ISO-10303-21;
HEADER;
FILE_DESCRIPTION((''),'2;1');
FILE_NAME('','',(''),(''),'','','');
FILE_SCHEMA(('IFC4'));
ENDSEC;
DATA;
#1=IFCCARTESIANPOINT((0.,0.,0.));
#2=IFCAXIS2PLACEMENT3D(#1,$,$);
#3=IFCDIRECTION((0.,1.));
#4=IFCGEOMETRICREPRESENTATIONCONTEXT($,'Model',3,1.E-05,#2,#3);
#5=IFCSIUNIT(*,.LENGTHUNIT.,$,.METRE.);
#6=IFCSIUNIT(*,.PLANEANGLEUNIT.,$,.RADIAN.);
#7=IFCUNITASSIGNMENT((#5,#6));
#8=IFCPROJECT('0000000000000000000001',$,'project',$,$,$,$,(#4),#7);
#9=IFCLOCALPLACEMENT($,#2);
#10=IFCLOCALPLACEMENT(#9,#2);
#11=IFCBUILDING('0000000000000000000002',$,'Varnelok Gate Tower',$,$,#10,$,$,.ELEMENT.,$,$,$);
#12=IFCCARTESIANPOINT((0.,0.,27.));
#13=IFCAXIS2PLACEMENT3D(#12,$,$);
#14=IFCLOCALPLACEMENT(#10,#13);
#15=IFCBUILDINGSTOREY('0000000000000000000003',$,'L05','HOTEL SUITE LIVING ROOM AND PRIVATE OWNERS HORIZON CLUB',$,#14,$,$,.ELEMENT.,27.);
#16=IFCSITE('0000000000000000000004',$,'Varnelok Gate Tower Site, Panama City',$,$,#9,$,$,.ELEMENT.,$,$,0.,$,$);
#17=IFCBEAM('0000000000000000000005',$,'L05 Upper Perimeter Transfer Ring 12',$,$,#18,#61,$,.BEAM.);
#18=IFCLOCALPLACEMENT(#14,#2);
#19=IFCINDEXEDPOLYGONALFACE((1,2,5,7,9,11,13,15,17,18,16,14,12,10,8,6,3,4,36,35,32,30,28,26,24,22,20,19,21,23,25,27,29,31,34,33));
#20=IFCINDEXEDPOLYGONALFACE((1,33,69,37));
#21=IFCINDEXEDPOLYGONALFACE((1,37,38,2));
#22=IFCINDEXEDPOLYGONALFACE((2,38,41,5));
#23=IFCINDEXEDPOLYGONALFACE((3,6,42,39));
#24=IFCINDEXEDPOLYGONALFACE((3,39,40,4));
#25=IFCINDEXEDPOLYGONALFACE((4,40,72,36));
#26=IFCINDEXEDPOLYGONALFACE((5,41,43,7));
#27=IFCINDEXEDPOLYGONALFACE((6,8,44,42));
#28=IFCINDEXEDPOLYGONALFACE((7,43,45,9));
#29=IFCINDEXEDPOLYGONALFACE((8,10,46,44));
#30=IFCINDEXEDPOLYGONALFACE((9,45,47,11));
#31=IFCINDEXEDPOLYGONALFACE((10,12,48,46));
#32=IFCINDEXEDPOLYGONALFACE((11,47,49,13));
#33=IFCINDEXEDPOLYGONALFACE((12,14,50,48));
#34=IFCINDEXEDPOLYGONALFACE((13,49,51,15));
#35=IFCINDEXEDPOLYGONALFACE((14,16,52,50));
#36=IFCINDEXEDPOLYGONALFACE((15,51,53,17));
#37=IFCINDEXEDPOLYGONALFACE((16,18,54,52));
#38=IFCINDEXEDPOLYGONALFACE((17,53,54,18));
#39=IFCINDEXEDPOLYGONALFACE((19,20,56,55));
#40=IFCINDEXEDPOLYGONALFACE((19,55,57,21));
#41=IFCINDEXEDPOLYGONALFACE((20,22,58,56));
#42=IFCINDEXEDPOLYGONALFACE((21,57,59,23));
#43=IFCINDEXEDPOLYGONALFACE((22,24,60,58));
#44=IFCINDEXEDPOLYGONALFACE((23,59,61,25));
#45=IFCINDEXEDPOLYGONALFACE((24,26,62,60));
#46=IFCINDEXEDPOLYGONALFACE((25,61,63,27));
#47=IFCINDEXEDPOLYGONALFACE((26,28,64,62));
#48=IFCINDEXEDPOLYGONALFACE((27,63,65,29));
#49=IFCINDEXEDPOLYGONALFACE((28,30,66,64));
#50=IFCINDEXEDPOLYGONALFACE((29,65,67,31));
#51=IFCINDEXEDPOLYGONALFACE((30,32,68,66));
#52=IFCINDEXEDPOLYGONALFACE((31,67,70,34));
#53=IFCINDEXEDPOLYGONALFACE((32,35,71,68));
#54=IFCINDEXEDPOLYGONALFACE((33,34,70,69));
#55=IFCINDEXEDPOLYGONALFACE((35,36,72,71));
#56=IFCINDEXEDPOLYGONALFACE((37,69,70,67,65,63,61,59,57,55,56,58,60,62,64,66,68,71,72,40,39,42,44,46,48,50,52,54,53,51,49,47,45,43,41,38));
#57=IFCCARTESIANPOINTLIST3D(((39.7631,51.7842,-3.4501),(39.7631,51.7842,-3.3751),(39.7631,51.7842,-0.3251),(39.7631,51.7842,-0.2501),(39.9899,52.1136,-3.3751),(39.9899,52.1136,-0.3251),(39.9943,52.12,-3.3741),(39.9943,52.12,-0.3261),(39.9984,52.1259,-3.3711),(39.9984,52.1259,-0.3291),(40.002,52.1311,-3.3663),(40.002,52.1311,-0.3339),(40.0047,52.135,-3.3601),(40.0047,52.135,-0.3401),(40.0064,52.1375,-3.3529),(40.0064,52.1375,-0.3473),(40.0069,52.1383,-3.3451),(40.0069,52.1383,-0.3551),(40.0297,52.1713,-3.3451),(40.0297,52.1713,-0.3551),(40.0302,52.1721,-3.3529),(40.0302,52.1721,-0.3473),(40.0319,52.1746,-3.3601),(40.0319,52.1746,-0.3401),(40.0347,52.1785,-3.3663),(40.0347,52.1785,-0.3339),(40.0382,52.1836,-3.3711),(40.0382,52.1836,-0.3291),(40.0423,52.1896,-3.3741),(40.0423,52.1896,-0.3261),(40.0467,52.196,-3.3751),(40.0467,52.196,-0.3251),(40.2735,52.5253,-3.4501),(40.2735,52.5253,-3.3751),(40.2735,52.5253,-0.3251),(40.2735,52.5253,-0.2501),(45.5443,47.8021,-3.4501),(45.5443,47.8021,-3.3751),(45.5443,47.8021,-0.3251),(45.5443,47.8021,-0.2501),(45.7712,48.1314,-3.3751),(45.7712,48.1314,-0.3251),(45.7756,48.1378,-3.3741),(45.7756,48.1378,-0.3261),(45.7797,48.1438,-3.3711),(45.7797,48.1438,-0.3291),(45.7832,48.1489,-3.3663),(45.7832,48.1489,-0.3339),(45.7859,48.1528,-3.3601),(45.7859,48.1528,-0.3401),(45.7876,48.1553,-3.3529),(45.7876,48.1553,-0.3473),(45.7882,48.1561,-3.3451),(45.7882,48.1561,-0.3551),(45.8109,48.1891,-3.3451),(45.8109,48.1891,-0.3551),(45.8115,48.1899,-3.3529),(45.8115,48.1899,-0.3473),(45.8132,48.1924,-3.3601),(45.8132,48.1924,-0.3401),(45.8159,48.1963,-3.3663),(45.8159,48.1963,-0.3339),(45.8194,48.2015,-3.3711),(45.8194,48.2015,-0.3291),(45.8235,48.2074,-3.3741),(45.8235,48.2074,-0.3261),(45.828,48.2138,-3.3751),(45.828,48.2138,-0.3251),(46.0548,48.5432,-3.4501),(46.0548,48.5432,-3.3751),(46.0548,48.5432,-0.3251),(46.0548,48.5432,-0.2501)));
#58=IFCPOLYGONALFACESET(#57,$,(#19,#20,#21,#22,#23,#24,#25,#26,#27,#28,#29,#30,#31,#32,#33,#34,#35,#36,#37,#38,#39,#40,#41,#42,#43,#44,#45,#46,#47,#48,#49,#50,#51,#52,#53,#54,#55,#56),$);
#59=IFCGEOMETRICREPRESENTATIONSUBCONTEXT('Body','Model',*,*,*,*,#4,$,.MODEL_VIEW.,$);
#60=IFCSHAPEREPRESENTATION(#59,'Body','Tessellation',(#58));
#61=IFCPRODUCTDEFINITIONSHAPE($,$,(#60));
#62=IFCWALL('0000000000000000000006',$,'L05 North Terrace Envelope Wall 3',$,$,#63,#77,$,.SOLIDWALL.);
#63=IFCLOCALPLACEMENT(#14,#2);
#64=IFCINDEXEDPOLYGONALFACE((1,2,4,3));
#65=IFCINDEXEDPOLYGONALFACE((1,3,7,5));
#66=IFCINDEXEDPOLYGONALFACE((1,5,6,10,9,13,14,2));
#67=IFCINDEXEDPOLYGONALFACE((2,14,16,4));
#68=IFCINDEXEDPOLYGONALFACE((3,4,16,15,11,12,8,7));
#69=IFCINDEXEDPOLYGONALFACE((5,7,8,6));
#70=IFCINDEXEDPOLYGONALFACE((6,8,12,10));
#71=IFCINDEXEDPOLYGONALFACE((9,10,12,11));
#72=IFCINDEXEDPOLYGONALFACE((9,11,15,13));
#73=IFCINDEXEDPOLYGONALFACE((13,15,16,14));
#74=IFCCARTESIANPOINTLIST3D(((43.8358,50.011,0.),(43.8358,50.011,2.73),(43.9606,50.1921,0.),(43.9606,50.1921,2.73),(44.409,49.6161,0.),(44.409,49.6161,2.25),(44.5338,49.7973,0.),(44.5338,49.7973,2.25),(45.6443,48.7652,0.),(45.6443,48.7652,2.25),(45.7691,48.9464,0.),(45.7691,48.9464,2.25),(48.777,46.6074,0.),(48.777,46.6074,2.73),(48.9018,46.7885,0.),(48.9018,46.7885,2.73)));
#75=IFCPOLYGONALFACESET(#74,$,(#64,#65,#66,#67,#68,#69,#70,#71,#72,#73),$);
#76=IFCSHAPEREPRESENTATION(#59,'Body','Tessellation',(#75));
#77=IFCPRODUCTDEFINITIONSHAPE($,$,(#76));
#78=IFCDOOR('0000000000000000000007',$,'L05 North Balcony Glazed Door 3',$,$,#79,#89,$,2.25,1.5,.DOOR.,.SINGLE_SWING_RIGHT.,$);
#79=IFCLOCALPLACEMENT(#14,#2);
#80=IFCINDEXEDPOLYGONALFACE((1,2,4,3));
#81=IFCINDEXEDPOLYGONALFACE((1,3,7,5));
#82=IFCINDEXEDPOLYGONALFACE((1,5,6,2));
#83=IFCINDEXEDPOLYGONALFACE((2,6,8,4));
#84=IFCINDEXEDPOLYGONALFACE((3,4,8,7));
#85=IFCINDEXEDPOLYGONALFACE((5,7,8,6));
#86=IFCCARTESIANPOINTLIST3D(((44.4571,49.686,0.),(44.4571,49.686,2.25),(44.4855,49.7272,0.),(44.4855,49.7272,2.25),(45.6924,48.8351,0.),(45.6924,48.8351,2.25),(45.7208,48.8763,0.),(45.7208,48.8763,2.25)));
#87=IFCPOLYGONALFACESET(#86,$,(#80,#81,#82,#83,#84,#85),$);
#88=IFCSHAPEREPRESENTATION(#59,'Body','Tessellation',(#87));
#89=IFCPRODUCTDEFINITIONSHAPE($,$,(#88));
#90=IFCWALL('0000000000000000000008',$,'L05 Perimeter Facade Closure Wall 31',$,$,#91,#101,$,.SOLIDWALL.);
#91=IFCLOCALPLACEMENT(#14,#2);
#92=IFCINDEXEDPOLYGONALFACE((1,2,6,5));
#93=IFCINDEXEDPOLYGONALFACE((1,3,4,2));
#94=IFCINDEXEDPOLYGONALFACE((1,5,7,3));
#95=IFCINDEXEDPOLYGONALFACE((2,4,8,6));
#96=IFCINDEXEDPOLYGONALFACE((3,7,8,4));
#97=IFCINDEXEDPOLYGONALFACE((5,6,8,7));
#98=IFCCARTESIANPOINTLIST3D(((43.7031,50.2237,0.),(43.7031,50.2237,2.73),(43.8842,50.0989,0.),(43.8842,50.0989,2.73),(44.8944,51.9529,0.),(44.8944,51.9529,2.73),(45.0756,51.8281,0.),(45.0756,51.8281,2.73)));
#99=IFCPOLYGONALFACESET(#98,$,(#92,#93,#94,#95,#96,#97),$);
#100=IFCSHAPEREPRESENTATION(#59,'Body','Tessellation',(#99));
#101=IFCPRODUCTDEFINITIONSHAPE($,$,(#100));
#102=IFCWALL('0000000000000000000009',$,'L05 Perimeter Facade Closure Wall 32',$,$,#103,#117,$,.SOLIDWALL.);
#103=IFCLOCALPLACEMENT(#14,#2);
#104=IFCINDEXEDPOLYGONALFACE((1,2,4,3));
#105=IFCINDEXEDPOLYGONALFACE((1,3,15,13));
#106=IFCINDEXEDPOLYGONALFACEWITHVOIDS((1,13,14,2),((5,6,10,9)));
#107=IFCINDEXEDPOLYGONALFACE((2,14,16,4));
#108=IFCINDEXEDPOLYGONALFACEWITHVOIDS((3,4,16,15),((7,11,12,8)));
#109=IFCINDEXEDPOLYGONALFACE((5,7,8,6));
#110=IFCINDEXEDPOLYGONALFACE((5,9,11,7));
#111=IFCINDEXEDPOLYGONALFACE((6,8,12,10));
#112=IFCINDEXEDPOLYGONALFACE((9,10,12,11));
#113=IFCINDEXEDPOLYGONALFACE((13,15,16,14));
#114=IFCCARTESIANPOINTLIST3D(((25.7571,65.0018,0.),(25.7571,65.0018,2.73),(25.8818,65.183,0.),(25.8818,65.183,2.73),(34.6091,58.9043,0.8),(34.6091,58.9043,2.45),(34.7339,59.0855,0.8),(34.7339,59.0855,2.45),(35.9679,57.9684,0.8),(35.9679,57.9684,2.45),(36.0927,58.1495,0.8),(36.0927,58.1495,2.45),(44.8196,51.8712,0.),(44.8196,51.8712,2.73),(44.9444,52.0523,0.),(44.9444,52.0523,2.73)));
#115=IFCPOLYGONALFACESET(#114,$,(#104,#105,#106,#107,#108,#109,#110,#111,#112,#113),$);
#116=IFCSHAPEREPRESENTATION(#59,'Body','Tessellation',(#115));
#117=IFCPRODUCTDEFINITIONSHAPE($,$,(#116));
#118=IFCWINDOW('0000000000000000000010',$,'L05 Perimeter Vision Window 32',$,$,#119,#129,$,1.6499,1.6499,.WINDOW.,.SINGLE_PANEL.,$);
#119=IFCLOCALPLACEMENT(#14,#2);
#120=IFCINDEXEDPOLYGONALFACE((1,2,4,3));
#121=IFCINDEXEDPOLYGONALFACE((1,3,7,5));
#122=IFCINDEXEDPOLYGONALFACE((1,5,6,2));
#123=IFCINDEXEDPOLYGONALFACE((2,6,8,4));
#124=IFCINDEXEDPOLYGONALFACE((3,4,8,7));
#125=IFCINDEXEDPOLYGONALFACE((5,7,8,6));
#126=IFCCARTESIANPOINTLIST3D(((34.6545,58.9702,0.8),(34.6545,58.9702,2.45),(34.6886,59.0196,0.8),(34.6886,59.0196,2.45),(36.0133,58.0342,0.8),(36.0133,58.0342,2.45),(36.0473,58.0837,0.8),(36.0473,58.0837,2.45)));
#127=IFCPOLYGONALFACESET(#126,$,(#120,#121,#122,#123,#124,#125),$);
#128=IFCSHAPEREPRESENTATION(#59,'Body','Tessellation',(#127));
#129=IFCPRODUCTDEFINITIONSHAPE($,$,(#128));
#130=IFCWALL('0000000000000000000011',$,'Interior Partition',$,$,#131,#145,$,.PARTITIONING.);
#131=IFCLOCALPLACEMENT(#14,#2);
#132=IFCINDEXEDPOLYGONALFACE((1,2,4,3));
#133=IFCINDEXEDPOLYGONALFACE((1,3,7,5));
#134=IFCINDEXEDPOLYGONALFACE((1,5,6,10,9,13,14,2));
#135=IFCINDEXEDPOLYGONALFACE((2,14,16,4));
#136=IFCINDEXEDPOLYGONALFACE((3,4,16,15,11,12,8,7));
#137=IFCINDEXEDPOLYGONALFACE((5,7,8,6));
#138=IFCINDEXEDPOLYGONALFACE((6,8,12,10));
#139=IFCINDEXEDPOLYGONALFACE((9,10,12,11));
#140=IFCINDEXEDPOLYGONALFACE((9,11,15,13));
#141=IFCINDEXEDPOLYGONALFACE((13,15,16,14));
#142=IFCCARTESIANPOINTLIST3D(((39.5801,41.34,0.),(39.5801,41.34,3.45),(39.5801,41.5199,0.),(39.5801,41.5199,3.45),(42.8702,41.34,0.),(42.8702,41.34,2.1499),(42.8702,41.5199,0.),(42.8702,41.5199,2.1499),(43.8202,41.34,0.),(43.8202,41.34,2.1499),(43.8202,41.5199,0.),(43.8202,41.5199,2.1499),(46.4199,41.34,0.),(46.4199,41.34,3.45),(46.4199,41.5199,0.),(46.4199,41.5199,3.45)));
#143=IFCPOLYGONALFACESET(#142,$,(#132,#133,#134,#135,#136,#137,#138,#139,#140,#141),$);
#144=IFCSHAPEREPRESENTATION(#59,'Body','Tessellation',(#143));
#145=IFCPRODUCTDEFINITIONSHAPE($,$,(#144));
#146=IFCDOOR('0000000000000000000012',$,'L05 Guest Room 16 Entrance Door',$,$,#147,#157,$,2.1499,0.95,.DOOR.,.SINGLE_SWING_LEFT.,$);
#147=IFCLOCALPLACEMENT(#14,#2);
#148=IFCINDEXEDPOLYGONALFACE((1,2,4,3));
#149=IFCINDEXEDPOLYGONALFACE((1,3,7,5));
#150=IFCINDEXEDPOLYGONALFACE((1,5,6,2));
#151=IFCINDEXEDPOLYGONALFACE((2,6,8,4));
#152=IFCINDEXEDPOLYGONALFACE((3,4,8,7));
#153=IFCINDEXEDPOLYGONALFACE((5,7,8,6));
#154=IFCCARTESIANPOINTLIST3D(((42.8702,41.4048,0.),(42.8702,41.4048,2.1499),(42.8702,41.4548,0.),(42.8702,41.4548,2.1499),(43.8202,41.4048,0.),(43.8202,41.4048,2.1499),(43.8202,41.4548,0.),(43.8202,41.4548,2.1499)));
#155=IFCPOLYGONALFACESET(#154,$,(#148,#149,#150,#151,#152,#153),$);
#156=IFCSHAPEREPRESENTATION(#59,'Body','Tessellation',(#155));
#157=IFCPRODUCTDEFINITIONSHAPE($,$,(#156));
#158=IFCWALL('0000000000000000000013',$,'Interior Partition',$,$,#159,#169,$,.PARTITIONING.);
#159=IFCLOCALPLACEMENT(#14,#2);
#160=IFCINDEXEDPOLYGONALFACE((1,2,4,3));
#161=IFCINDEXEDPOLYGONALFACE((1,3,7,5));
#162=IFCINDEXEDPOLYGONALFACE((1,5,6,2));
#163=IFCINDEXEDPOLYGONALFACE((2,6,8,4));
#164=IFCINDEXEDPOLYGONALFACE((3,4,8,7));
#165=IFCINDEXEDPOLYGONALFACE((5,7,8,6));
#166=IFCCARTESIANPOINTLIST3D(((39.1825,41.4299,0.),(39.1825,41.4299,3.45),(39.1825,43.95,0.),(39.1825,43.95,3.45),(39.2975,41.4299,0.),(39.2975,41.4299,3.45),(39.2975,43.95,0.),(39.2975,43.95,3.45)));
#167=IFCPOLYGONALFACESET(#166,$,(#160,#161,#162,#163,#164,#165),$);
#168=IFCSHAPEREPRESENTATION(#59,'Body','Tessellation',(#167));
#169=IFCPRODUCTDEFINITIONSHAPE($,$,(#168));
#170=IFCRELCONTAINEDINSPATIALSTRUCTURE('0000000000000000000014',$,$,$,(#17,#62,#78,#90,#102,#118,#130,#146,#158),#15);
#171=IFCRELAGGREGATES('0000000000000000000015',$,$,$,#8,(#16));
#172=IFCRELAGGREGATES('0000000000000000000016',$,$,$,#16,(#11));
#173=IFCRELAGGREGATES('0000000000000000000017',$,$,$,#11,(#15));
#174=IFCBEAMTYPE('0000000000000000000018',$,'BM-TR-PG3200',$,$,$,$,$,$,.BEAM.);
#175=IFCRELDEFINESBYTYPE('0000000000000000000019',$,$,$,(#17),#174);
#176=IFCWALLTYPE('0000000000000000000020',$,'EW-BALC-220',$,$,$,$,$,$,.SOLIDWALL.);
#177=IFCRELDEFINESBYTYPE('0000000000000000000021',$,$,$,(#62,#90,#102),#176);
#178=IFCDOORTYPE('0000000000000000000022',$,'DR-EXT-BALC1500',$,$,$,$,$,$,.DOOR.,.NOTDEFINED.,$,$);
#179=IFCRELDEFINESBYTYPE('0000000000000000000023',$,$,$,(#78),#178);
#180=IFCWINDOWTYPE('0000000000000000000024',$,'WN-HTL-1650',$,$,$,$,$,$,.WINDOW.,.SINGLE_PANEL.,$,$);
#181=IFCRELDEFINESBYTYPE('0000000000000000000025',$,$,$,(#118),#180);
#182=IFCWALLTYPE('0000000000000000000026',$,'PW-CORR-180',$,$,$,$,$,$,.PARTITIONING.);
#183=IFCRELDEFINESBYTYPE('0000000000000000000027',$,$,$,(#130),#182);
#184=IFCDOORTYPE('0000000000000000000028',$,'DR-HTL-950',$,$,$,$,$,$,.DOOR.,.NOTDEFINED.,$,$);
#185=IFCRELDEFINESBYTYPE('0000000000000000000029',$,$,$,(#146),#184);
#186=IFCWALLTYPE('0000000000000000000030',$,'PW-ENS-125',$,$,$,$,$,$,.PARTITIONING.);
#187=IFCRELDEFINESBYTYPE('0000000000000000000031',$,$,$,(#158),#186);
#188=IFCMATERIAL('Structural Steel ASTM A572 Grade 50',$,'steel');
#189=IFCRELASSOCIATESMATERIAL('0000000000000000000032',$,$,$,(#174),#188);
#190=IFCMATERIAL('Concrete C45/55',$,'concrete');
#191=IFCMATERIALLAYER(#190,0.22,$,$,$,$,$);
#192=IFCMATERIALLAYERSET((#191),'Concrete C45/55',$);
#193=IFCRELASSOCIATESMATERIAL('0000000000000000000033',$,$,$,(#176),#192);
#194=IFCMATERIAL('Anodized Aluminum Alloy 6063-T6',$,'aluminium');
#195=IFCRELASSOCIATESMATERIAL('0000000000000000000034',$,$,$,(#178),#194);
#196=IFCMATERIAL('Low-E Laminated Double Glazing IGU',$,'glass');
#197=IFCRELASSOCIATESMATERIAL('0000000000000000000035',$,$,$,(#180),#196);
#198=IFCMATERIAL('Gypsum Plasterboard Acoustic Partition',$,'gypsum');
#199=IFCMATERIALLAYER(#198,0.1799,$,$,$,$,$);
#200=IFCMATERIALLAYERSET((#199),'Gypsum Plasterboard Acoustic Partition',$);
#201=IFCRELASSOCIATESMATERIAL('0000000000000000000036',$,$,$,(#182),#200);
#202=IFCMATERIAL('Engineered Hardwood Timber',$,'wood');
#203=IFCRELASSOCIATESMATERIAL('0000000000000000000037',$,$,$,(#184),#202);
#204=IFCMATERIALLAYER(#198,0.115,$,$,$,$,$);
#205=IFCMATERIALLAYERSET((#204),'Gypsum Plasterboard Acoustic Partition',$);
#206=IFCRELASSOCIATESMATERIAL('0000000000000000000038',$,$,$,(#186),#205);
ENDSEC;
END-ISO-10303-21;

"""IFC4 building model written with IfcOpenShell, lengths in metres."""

from ifc_helpers import new_model, si_unit, direction, frame, frame_2d, origin, origin_2d, place, context, subcontext, project, spatial, rectangle, i_section, extrude, material, layer, layer_set, material_profile, profile_set, type_object, element, fill, save


model = new_model("IFC4")

# Units and contexts
model_context = context("Model", 3, precision=1e-05, world=origin(), true_north=direction((0.0, 1.0)))
body_context = subcontext(model_context, "Body", "Model", "MODEL_VIEW")
ifc_project = project(units=[si_unit("LENGTHUNIT", "METRE"), si_unit("PLANEANGLEUNIT", "RADIAN")], contexts=[model_context])

# Site, building, storey
site_placement = place(None, origin())
site = spatial("IfcSite", under=ifc_project, at=site_placement, Name="Varnelok Gate Tower Site, Panama City", CompositionType="ELEMENT", RefElevation=0.0)
building_placement = place(site_placement, origin())
building = spatial("IfcBuilding", under=site, at=building_placement, Name="Varnelok Gate Tower", CompositionType="ELEMENT")
storey_placement = place(building_placement, frame((0.0, 0.0, 27.0)))
storey = spatial("IfcBuildingStorey", under=building, at=storey_placement, Name="L05", Description="HOTEL SUITE LIVING ROOM AND PRIVATE OWNERS HORIZON CLUB", CompositionType="ELEMENT", Elevation=27.0)

# Beam
ifc_material_1 = material(Name="Structural Steel ASTM A572 Grade 50", Category="steel")
ifc_material_profile_1 = material_profile(ifc_material_1, i_section(OverallWidth=0.8999, OverallDepth=3.2, WebThickness=0.04, FlangeThickness=0.075, FilletRadius=0.03, at=origin_2d()), Name="PG3200X900")
ifc_profile_set_1 = profile_set([ifc_material_profile_1], Name="Structural Steel ASTM A572 Grade 50")
beam_type = type_object("IfcBeamType", Name="BM-TR-PG3200", PredefinedType="BEAM", material=ifc_profile_set_1)
beam_1_placement = place(storey_placement, frame((45.7996, 48.1726, -1.8501), z_axis=(-0.823538, 0.567261, 0.0), x_axis=(-0.567261, -0.823538, 0.0)))
element("IfcBeam", 1, at=beam_1_placement, inside=storey, type_object=beam_type, Name="L05 Upper Perimeter Transfer Ring 12", PredefinedType="BEAM", context=body_context, shape_type="SweptSolid", body=[
    extrude(i_section(OverallWidth=0.8999, OverallDepth=3.2, WebThickness=0.04, FlangeThickness=0.075, FilletRadius=0.03, at=origin_2d()), origin(), (0.0, 0.0, 1.0), 7.02),
])

# Wall, opening, door
ifc_material_2 = material(Name="Concrete C45/55", Category="concrete")
ifc_layer_1 = layer(ifc_material_2, 0.22)
ifc_layer_set_1 = layer_set([ifc_layer_1], Name="Concrete C45/55")
wall_type_1 = type_object("IfcWallType", Name="EW-BALC-220", PredefinedType="SOLIDWALL", material=ifc_layer_set_1)
wall_1_placement = place(storey_placement, frame((43.8982, 50.1016, 0.0), z_axis=(0.0, 0.0, 1.0), x_axis=(0.823535, -0.567266, 0.0)))
wall_1 = element("IfcWall", 2, at=wall_1_placement, inside=storey, type_object=wall_type_1, Name="L05 North Terrace Envelope Wall 3", PredefinedType="SOLIDWALL", context=body_context, shape_type="SweptSolid", body=[
    extrude(rectangle(XDim=6.0, YDim=0.22, at=frame_2d((3.0, 0.0))), origin(), (0.0, 0.0, 1.0), 2.73),
])
opening_1_placement = place(wall_1_placement, frame((0.696, 0.0, 0.0)))
opening_1 = element("IfcOpeningElement", 3, at=opening_1_placement, cuts=wall_1, PredefinedType="OPENING", context=body_context, shape_type="SweptSolid", body=[
    extrude(rectangle(XDim=1.5, YDim=2.25, at=frame_2d((0.75, 1.125))), frame((0.0, 0.1199, 0.0), z_axis=(0.0, -1.0, 0.0), x_axis=(1.0, 0.0, 0.0)), (0.0, 0.0, 1.0), 0.24),
])
ifc_material_3 = material(Name="Anodized Aluminum Alloy 6063-T6", Category="aluminium")
door_type_1 = type_object("IfcDoorType", Name="DR-EXT-BALC1500", OperationType="NOTDEFINED", PredefinedType="DOOR", material=ifc_material_3)
door_1_placement = place(opening_1_placement, origin())
door_1 = element("IfcDoor", 4, at=door_1_placement, inside=storey, type_object=door_type_1, Name="L05 North Balcony Glazed Door 3", OperationType="SINGLE_SWING_RIGHT", OverallHeight=2.25, OverallWidth=1.5, PredefinedType="DOOR", context=body_context, shape_type="SweptSolid", body=[
    extrude(rectangle(XDim=1.5, YDim=2.25, at=frame_2d((0.75, 1.125))), frame((0.0, 0.0249, 0.0), z_axis=(0.0, -1.0, 0.0), x_axis=(1.0, 0.0, 0.0)), (0.0, 0.0, 1.0), 0.05),
])
fill(opening_1, door_1)

# Wall
wall_2_placement = place(storey_placement, frame((43.7937, 50.1614, 0.0), z_axis=(0.0, 0.0, 1.0), x_axis=(0.567353, 0.823475, 0.0)))
element("IfcWall", 5, at=wall_2_placement, inside=storey, type_object=wall_type_1, Name="L05 Perimeter Facade Closure Wall 31", PredefinedType="SOLIDWALL", context=body_context, shape_type="SweptSolid", body=[
    extrude(rectangle(XDim=2.0999, YDim=0.22, at=frame_2d((1.0498, 0.0))), origin(), (0.0, 0.0, 1.0), 2.73),
])

# Wall, opening, window
wall_3_placement = place(storey_placement, frame((44.8821, 51.9617, 0.0), z_axis=(0.0, 0.0, 1.0), x_axis=(-0.823534, 0.567266, 0.0)))
wall_3 = element("IfcWall", 6, at=wall_3_placement, inside=storey, type_object=wall_type_1, Name="L05 Perimeter Facade Closure Wall 32", PredefinedType="SOLIDWALL", context=body_context, shape_type="SweptSolid", body=[
    extrude(rectangle(XDim=23.1472, YDim=0.22, at=frame_2d((11.5737, 0.0))), origin(), (0.0, 0.0, 1.0), 2.73),
])
opening_2_placement = place(wall_3_placement, frame((10.7485, 0.0, 0.8)))
opening_2 = element("IfcOpeningElement", 7, at=opening_2_placement, cuts=wall_3, PredefinedType="OPENING", context=body_context, shape_type="SweptSolid", body=[
    extrude(rectangle(XDim=1.6499, YDim=1.6499, at=frame_2d((0.825, 0.825))), frame((0.0, 0.1199, 0.0), z_axis=(0.0, -1.0, 0.0), x_axis=(1.0, 0.0, 0.0)), (0.0, 0.0, 1.0), 0.24),
])
ifc_material_4 = material(Name="Low-E Laminated Double Glazing IGU", Category="glass")
window_type = type_object("IfcWindowType", Name="WN-HTL-1650", PartitioningType="SINGLE_PANEL", PredefinedType="WINDOW", material=ifc_material_4)
window_placement = place(opening_2_placement, origin())
window = element("IfcWindow", 8, at=window_placement, inside=storey, type_object=window_type, Name="L05 Perimeter Vision Window 32", OverallHeight=1.6499, OverallWidth=1.6499, PartitioningType="SINGLE_PANEL", PredefinedType="WINDOW", context=body_context, shape_type="SweptSolid", body=[
    extrude(rectangle(XDim=1.6499, YDim=1.6499, at=frame_2d((0.825, 0.825))), frame((0.0, 0.03, 0.0), z_axis=(0.0, -1.0, 0.0), x_axis=(1.0, 0.0, 0.0)), (0.0, 0.0, 1.0), 0.0601),
])
fill(opening_2, window)

# Wall, opening, door
ifc_material_5 = material(Name="Gypsum Plasterboard Acoustic Partition", Category="gypsum")
ifc_layer_2 = layer(ifc_material_5, 0.1799)
ifc_layer_set_2 = layer_set([ifc_layer_2], Name="Gypsum Plasterboard Acoustic Partition")
wall_type_2 = type_object("IfcWallType", Name="PW-CORR-180", PredefinedType="PARTITIONING", material=ifc_layer_set_2)
wall_4_placement = place(storey_placement, frame((39.5801, 41.4299, 0.0), z_axis=(0.0, 0.0, 1.0), x_axis=(1.0, 0.0, 0.0)))
wall_4 = element("IfcWall", 9, at=wall_4_placement, inside=storey, type_object=wall_type_2, Name="Interior Partition", PredefinedType="PARTITIONING", context=body_context, shape_type="SweptSolid", body=[
    extrude(rectangle(XDim=6.8398, YDim=0.1799, at=frame_2d((3.4199, 0.0))), origin(), (0.0, 0.0, 1.0), 3.45),
])
opening_3_placement = place(wall_4_placement, frame((3.29, 0.0, 0.0)))
opening_3 = element("IfcOpeningElement", 10, at=opening_3_placement, cuts=wall_4, PredefinedType="OPENING", context=body_context, shape_type="SweptSolid", body=[
    extrude(rectangle(XDim=0.95, YDim=2.1499, at=frame_2d((0.4751, 1.075))), frame((0.0, 0.0999, 0.0), z_axis=(0.0, -1.0, 0.0), x_axis=(1.0, 0.0, 0.0)), (0.0, 0.0, 1.0), 0.2),
])
ifc_material_6 = material(Name="Engineered Hardwood Timber", Category="wood")
door_type_2 = type_object("IfcDoorType", Name="DR-HTL-950", OperationType="NOTDEFINED", PredefinedType="DOOR", material=ifc_material_6)
door_2_placement = place(opening_3_placement, origin())
door_2 = element("IfcDoor", 11, at=door_2_placement, inside=storey, type_object=door_type_2, Name="L05 Guest Room 16 Entrance Door", OperationType="SINGLE_SWING_LEFT", OverallHeight=2.1499, OverallWidth=0.95, PredefinedType="DOOR", context=body_context, shape_type="SweptSolid", body=[
    extrude(rectangle(XDim=0.95, YDim=2.1499, at=frame_2d((0.4751, 1.075))), frame((0.0, 0.0249, 0.0), z_axis=(0.0, -1.0, 0.0), x_axis=(1.0, 0.0, 0.0)), (0.0, 0.0, 1.0), 0.05),
])
fill(opening_3, door_2)

# Wall
ifc_layer_3 = layer(ifc_material_5, 0.115)
ifc_layer_set_3 = layer_set([ifc_layer_3], Name="Gypsum Plasterboard Acoustic Partition")
wall_type_3 = type_object("IfcWallType", Name="PW-ENS-125", PredefinedType="PARTITIONING", material=ifc_layer_set_3)
wall_5_placement = place(storey_placement, frame((39.24, 41.4299, 0.0), z_axis=(0.0, 0.0, 1.0), x_axis=(0.0, 1.0, 0.0)))
element("IfcWall", 12, at=wall_5_placement, inside=storey, type_object=wall_type_3, Name="Interior Partition", PredefinedType="PARTITIONING", context=body_context, shape_type="SweptSolid", body=[
    extrude(rectangle(XDim=2.52, YDim=0.115, at=frame_2d((1.26, 0.0))), origin(), (0.0, 0.0, 1.0), 3.45),
])

save(model, "model.ifc")
